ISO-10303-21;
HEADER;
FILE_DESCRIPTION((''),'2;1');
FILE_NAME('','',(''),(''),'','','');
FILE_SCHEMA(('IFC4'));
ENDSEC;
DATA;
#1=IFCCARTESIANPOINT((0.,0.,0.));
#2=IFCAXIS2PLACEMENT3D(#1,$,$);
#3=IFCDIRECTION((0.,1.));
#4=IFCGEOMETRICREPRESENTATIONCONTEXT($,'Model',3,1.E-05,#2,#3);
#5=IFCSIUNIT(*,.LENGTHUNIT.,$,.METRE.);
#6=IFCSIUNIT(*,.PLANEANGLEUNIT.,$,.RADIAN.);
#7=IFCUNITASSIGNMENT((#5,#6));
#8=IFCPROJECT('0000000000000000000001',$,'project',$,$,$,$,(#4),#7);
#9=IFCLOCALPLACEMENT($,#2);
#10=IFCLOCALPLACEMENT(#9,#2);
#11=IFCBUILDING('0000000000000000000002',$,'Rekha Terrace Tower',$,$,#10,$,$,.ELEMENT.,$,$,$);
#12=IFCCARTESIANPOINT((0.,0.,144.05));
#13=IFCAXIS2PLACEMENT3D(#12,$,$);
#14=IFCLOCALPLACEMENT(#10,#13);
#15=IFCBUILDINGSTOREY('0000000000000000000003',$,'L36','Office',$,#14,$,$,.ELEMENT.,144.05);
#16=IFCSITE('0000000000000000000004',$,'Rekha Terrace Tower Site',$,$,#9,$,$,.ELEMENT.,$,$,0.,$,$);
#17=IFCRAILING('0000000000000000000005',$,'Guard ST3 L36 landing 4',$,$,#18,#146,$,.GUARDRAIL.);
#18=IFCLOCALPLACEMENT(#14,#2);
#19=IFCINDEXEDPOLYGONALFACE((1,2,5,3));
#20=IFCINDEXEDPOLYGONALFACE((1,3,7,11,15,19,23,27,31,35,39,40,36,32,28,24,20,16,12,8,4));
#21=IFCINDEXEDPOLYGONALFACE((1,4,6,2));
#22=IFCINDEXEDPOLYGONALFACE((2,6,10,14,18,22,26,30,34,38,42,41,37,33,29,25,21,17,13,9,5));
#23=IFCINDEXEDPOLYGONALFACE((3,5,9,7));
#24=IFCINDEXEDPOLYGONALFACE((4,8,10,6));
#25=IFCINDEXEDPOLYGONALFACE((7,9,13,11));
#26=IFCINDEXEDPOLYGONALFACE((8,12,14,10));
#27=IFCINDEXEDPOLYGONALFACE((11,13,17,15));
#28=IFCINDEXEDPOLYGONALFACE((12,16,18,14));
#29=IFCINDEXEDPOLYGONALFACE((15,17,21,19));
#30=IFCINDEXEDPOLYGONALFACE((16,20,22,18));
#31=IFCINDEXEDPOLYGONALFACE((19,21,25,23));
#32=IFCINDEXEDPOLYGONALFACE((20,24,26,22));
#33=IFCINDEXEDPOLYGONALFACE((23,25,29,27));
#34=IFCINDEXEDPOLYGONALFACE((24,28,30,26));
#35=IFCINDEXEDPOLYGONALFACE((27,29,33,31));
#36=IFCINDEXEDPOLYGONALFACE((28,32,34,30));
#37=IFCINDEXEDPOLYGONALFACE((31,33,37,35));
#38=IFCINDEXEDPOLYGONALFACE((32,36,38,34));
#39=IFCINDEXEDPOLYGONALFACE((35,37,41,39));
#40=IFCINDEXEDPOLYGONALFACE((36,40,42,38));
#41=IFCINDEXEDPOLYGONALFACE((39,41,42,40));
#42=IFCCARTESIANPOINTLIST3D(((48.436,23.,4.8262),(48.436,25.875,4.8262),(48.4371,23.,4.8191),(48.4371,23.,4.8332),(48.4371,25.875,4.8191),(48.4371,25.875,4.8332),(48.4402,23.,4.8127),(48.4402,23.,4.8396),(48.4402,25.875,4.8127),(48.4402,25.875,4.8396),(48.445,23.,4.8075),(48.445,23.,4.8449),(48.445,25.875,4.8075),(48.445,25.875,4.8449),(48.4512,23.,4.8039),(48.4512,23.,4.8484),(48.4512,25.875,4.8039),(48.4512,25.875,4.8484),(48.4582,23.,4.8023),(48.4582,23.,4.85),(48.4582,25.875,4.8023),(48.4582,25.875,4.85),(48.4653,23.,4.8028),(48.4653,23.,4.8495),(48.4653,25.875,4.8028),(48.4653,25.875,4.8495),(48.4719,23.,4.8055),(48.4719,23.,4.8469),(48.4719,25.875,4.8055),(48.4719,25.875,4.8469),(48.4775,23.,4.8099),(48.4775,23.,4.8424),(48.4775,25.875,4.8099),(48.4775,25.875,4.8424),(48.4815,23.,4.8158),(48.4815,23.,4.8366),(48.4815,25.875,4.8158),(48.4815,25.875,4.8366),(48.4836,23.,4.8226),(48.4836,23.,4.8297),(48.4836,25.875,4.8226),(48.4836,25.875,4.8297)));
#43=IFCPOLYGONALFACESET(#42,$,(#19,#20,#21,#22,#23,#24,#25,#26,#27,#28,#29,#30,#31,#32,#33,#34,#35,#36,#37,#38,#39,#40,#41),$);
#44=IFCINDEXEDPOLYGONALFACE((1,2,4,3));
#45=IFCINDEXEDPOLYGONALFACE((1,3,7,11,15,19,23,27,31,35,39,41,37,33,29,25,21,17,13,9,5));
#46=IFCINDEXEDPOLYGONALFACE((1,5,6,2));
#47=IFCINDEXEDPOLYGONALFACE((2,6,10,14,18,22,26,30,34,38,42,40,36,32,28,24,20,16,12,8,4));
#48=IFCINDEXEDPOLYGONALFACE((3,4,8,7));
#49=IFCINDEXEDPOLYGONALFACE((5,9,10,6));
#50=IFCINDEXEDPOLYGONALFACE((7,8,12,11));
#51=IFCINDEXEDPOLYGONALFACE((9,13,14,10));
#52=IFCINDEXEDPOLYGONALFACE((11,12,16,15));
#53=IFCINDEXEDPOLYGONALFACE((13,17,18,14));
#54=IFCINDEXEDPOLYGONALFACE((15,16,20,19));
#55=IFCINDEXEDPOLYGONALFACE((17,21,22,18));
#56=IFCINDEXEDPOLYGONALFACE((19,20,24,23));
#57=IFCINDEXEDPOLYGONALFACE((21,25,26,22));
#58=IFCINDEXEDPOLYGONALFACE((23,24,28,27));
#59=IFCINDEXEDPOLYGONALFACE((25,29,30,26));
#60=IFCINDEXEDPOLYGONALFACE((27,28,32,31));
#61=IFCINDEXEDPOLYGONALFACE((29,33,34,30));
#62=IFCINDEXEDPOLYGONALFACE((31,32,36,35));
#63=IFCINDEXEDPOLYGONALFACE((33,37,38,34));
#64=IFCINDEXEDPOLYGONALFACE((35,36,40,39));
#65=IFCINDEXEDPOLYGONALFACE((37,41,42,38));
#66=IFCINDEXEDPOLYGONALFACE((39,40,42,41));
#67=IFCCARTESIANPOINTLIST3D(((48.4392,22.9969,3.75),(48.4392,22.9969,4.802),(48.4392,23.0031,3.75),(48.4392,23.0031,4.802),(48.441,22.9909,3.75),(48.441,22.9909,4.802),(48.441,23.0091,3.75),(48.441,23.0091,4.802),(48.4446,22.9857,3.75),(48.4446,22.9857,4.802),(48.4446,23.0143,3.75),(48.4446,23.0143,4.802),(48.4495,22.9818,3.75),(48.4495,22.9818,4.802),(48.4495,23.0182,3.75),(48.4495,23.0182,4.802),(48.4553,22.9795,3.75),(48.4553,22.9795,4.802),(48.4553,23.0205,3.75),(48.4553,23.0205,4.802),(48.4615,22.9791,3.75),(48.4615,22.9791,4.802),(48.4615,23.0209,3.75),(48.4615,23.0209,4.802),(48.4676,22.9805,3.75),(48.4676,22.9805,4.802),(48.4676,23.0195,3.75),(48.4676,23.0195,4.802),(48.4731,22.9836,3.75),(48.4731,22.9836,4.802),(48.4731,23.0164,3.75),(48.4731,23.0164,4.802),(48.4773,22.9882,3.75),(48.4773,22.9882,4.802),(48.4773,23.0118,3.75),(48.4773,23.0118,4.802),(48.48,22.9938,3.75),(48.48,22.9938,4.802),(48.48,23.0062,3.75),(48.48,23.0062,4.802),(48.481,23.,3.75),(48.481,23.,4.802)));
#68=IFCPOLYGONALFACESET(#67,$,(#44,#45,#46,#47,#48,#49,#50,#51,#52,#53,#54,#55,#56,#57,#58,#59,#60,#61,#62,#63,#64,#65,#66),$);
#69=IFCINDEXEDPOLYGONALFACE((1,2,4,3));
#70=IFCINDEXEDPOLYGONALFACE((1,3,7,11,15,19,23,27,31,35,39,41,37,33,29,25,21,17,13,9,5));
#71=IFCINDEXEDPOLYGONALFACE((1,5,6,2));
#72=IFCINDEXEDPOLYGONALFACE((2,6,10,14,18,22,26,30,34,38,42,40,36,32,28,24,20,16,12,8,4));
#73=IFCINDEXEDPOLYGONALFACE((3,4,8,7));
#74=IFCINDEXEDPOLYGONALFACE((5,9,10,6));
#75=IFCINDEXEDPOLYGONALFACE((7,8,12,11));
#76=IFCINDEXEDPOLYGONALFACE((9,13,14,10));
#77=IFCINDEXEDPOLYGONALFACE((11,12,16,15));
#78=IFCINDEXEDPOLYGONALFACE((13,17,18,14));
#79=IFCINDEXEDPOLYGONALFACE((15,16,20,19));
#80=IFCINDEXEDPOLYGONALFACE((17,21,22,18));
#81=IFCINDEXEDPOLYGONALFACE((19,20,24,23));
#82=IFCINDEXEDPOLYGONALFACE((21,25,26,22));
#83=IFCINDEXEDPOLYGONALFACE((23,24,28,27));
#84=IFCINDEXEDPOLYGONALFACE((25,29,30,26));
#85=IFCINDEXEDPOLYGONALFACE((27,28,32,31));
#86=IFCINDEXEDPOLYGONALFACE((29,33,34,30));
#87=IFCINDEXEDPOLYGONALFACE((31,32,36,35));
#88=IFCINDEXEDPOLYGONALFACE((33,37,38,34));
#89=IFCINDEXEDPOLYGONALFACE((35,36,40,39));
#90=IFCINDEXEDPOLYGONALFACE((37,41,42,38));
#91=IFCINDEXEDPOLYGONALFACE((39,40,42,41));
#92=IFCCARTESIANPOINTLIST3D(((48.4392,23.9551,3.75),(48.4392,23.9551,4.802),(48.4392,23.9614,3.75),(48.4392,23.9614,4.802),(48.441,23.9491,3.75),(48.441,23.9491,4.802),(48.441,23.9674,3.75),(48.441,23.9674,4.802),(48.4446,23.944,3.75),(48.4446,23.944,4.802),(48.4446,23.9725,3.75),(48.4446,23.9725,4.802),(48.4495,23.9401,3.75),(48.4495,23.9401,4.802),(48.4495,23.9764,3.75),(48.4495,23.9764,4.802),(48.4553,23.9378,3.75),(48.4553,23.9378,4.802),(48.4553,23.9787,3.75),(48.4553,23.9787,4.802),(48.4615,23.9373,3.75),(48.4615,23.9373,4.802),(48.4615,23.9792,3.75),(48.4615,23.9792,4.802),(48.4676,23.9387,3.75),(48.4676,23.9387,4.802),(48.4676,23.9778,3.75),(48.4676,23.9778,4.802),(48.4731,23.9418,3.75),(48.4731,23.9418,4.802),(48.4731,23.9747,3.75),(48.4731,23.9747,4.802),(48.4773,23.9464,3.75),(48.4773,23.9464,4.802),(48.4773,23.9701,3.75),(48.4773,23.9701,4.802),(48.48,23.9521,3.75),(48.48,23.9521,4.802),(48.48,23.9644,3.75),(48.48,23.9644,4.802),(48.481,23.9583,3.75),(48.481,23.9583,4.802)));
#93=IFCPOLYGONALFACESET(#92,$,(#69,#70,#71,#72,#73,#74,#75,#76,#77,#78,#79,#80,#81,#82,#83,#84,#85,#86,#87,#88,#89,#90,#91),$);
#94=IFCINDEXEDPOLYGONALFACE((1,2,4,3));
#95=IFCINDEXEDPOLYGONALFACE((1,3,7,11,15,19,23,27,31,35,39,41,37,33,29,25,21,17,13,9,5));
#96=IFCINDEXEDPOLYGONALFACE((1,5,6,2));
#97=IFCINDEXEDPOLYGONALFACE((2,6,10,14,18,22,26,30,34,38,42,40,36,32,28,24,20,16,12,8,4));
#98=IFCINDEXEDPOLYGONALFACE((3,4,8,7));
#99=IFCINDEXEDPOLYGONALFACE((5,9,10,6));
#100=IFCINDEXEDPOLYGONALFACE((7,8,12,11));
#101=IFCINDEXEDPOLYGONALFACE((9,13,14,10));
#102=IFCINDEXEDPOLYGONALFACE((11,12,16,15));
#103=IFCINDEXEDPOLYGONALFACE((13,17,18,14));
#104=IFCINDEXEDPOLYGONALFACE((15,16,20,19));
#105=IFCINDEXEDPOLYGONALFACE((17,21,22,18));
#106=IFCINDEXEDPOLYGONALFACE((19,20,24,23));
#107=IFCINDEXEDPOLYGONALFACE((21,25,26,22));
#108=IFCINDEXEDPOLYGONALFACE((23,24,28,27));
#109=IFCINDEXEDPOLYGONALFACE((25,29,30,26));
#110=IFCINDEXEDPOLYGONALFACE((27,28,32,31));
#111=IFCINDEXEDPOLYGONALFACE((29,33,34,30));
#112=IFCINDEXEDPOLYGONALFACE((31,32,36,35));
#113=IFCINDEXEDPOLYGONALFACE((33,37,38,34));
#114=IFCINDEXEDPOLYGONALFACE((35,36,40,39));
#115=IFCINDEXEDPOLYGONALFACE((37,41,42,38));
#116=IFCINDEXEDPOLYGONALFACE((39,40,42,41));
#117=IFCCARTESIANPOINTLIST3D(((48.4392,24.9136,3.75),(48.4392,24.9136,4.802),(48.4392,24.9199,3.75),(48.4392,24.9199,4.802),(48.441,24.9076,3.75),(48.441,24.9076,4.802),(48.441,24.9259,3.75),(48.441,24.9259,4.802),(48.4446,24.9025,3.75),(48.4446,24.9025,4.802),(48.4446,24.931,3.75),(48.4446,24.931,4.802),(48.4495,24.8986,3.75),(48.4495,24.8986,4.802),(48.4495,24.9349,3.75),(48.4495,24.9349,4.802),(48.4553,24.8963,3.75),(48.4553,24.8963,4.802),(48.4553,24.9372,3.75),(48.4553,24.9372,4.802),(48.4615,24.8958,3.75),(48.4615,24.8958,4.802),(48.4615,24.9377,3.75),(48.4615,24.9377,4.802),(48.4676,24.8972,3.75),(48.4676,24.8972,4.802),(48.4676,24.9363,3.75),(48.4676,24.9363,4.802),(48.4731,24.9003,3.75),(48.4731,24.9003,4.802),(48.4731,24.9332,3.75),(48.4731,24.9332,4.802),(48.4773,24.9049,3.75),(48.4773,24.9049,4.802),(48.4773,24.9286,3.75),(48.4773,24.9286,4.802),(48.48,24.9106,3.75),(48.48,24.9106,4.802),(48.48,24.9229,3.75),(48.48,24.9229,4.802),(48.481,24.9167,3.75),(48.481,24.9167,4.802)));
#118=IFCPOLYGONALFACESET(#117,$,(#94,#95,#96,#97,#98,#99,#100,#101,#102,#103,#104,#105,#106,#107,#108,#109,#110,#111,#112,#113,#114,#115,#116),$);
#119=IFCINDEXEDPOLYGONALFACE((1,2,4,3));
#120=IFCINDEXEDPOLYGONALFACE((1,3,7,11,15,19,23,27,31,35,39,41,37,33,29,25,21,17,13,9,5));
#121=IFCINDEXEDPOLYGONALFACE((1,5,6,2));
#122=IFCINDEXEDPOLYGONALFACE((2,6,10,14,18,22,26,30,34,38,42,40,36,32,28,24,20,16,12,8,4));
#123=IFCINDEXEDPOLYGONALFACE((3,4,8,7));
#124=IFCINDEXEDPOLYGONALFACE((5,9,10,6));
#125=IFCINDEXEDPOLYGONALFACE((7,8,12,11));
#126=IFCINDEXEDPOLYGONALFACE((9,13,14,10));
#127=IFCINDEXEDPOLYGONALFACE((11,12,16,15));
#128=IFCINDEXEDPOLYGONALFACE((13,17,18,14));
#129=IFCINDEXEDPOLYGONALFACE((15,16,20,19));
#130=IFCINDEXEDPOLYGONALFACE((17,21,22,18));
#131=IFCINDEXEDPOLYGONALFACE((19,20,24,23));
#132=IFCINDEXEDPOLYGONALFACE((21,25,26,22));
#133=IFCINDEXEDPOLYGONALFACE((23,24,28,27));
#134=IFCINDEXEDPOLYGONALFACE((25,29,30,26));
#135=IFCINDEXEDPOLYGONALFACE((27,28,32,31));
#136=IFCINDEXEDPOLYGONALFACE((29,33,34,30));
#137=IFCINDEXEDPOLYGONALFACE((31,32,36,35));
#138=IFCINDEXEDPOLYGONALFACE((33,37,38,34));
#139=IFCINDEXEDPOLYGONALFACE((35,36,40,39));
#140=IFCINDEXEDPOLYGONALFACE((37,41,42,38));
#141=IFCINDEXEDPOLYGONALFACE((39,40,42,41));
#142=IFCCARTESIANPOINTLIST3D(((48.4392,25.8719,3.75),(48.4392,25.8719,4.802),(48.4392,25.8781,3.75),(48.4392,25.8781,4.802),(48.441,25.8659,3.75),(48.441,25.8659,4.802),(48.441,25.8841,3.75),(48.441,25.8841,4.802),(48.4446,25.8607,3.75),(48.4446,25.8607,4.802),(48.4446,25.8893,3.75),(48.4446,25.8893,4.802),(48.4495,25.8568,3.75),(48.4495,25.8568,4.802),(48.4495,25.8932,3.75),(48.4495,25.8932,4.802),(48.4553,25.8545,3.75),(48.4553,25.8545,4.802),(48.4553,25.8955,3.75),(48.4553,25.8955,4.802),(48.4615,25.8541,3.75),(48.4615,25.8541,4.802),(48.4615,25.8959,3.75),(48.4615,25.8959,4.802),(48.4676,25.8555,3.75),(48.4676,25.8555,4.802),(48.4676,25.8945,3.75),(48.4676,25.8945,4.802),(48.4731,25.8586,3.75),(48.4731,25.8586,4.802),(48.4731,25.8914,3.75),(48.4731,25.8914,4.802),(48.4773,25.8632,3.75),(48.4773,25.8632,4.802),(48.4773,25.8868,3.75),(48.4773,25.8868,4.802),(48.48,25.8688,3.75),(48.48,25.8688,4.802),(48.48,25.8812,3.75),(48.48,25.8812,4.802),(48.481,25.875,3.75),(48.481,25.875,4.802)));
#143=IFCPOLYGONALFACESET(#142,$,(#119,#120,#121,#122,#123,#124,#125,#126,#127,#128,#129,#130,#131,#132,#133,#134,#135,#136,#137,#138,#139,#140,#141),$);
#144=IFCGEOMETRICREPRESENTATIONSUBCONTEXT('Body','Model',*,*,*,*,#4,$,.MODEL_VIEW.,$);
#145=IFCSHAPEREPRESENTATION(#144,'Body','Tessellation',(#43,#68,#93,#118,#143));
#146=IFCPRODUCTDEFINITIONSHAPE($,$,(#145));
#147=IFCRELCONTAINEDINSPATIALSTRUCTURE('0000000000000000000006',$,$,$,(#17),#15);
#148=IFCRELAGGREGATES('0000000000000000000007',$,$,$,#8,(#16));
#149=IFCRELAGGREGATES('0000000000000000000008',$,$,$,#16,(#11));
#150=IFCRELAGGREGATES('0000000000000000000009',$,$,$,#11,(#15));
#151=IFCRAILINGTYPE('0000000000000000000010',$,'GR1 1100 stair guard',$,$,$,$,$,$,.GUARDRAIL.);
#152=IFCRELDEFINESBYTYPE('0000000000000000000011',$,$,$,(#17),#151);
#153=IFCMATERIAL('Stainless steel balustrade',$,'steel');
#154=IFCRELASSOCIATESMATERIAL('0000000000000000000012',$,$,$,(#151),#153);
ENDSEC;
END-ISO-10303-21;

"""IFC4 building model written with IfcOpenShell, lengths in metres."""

from ifc_helpers import new_model, si_unit, direction, frame, origin, origin_2d, place, context, subcontext, project, spatial, circle, extrude, material, type_object, element, save


model = new_model("IFC4")

# Units and contexts
model_context = context("Model", 3, precision=1e-05, world=origin(), true_north=direction((0.0, 1.0)))
body_context = subcontext(model_context, "Body", "Model", "MODEL_VIEW")
ifc_project = project(units=[si_unit("LENGTHUNIT", "METRE"), si_unit("PLANEANGLEUNIT", "RADIAN")], contexts=[model_context])

# Site, building, storey
site_placement = place(None, origin())
site = spatial("IfcSite", under=ifc_project, at=site_placement, Name="Rekha Terrace Tower Site", CompositionType="ELEMENT", RefElevation=0.0)
building_placement = place(site_placement, origin())
building = spatial("IfcBuilding", under=site, at=building_placement, Name="Rekha Terrace Tower", CompositionType="ELEMENT")
storey_placement = place(building_placement, frame((0.0, 0.0, 144.05)))
storey = spatial("IfcBuildingStorey", under=building, at=storey_placement, Name="L36", Description="Office", CompositionType="ELEMENT", Elevation=144.05)

# Railing
ifc_material_1 = material(Name="Stainless steel balustrade", Category="steel")
railing_type_1 = type_object("IfcRailingType", Name="GR1 1100 stair guard", PredefinedType="GUARDRAIL", material=ifc_material_1)
railing_1_placement = place(storey_placement, frame((48.46, 23.0, 3.75)))
element("IfcRailing", 1, at=railing_1_placement, inside=storey, type_object=railing_type_1, Name="Guard ST3 L36 landing 4", PredefinedType="GUARDRAIL", context=body_context, shape_type="SweptSolid", body=[
    extrude(circle(Radius=0.0239, at=origin_2d()), frame((0.0, 0.0, 1.0762), z_axis=(0.0, 1.0, 0.0), x_axis=(-1.0, 0.0, 0.0)), (0.0, 0.0, 1.0), 2.875),
    extrude(circle(Radius=0.021, at=origin_2d()), origin(), (0.0, 0.0, 1.0), 1.052),
    extrude(circle(Radius=0.021, at=origin_2d()), frame((0.0, 0.9583, 0.0)), (0.0, 0.0, 1.0), 1.052),
    extrude(circle(Radius=0.021, at=origin_2d()), frame((0.0, 1.9167, 0.0)), (0.0, 0.0, 1.0), 1.052),
    extrude(circle(Radius=0.021, at=origin_2d()), frame((0.0, 2.875, 0.0)), (0.0, 0.0, 1.0), 1.052),
])

save(model, "model.ifc")
